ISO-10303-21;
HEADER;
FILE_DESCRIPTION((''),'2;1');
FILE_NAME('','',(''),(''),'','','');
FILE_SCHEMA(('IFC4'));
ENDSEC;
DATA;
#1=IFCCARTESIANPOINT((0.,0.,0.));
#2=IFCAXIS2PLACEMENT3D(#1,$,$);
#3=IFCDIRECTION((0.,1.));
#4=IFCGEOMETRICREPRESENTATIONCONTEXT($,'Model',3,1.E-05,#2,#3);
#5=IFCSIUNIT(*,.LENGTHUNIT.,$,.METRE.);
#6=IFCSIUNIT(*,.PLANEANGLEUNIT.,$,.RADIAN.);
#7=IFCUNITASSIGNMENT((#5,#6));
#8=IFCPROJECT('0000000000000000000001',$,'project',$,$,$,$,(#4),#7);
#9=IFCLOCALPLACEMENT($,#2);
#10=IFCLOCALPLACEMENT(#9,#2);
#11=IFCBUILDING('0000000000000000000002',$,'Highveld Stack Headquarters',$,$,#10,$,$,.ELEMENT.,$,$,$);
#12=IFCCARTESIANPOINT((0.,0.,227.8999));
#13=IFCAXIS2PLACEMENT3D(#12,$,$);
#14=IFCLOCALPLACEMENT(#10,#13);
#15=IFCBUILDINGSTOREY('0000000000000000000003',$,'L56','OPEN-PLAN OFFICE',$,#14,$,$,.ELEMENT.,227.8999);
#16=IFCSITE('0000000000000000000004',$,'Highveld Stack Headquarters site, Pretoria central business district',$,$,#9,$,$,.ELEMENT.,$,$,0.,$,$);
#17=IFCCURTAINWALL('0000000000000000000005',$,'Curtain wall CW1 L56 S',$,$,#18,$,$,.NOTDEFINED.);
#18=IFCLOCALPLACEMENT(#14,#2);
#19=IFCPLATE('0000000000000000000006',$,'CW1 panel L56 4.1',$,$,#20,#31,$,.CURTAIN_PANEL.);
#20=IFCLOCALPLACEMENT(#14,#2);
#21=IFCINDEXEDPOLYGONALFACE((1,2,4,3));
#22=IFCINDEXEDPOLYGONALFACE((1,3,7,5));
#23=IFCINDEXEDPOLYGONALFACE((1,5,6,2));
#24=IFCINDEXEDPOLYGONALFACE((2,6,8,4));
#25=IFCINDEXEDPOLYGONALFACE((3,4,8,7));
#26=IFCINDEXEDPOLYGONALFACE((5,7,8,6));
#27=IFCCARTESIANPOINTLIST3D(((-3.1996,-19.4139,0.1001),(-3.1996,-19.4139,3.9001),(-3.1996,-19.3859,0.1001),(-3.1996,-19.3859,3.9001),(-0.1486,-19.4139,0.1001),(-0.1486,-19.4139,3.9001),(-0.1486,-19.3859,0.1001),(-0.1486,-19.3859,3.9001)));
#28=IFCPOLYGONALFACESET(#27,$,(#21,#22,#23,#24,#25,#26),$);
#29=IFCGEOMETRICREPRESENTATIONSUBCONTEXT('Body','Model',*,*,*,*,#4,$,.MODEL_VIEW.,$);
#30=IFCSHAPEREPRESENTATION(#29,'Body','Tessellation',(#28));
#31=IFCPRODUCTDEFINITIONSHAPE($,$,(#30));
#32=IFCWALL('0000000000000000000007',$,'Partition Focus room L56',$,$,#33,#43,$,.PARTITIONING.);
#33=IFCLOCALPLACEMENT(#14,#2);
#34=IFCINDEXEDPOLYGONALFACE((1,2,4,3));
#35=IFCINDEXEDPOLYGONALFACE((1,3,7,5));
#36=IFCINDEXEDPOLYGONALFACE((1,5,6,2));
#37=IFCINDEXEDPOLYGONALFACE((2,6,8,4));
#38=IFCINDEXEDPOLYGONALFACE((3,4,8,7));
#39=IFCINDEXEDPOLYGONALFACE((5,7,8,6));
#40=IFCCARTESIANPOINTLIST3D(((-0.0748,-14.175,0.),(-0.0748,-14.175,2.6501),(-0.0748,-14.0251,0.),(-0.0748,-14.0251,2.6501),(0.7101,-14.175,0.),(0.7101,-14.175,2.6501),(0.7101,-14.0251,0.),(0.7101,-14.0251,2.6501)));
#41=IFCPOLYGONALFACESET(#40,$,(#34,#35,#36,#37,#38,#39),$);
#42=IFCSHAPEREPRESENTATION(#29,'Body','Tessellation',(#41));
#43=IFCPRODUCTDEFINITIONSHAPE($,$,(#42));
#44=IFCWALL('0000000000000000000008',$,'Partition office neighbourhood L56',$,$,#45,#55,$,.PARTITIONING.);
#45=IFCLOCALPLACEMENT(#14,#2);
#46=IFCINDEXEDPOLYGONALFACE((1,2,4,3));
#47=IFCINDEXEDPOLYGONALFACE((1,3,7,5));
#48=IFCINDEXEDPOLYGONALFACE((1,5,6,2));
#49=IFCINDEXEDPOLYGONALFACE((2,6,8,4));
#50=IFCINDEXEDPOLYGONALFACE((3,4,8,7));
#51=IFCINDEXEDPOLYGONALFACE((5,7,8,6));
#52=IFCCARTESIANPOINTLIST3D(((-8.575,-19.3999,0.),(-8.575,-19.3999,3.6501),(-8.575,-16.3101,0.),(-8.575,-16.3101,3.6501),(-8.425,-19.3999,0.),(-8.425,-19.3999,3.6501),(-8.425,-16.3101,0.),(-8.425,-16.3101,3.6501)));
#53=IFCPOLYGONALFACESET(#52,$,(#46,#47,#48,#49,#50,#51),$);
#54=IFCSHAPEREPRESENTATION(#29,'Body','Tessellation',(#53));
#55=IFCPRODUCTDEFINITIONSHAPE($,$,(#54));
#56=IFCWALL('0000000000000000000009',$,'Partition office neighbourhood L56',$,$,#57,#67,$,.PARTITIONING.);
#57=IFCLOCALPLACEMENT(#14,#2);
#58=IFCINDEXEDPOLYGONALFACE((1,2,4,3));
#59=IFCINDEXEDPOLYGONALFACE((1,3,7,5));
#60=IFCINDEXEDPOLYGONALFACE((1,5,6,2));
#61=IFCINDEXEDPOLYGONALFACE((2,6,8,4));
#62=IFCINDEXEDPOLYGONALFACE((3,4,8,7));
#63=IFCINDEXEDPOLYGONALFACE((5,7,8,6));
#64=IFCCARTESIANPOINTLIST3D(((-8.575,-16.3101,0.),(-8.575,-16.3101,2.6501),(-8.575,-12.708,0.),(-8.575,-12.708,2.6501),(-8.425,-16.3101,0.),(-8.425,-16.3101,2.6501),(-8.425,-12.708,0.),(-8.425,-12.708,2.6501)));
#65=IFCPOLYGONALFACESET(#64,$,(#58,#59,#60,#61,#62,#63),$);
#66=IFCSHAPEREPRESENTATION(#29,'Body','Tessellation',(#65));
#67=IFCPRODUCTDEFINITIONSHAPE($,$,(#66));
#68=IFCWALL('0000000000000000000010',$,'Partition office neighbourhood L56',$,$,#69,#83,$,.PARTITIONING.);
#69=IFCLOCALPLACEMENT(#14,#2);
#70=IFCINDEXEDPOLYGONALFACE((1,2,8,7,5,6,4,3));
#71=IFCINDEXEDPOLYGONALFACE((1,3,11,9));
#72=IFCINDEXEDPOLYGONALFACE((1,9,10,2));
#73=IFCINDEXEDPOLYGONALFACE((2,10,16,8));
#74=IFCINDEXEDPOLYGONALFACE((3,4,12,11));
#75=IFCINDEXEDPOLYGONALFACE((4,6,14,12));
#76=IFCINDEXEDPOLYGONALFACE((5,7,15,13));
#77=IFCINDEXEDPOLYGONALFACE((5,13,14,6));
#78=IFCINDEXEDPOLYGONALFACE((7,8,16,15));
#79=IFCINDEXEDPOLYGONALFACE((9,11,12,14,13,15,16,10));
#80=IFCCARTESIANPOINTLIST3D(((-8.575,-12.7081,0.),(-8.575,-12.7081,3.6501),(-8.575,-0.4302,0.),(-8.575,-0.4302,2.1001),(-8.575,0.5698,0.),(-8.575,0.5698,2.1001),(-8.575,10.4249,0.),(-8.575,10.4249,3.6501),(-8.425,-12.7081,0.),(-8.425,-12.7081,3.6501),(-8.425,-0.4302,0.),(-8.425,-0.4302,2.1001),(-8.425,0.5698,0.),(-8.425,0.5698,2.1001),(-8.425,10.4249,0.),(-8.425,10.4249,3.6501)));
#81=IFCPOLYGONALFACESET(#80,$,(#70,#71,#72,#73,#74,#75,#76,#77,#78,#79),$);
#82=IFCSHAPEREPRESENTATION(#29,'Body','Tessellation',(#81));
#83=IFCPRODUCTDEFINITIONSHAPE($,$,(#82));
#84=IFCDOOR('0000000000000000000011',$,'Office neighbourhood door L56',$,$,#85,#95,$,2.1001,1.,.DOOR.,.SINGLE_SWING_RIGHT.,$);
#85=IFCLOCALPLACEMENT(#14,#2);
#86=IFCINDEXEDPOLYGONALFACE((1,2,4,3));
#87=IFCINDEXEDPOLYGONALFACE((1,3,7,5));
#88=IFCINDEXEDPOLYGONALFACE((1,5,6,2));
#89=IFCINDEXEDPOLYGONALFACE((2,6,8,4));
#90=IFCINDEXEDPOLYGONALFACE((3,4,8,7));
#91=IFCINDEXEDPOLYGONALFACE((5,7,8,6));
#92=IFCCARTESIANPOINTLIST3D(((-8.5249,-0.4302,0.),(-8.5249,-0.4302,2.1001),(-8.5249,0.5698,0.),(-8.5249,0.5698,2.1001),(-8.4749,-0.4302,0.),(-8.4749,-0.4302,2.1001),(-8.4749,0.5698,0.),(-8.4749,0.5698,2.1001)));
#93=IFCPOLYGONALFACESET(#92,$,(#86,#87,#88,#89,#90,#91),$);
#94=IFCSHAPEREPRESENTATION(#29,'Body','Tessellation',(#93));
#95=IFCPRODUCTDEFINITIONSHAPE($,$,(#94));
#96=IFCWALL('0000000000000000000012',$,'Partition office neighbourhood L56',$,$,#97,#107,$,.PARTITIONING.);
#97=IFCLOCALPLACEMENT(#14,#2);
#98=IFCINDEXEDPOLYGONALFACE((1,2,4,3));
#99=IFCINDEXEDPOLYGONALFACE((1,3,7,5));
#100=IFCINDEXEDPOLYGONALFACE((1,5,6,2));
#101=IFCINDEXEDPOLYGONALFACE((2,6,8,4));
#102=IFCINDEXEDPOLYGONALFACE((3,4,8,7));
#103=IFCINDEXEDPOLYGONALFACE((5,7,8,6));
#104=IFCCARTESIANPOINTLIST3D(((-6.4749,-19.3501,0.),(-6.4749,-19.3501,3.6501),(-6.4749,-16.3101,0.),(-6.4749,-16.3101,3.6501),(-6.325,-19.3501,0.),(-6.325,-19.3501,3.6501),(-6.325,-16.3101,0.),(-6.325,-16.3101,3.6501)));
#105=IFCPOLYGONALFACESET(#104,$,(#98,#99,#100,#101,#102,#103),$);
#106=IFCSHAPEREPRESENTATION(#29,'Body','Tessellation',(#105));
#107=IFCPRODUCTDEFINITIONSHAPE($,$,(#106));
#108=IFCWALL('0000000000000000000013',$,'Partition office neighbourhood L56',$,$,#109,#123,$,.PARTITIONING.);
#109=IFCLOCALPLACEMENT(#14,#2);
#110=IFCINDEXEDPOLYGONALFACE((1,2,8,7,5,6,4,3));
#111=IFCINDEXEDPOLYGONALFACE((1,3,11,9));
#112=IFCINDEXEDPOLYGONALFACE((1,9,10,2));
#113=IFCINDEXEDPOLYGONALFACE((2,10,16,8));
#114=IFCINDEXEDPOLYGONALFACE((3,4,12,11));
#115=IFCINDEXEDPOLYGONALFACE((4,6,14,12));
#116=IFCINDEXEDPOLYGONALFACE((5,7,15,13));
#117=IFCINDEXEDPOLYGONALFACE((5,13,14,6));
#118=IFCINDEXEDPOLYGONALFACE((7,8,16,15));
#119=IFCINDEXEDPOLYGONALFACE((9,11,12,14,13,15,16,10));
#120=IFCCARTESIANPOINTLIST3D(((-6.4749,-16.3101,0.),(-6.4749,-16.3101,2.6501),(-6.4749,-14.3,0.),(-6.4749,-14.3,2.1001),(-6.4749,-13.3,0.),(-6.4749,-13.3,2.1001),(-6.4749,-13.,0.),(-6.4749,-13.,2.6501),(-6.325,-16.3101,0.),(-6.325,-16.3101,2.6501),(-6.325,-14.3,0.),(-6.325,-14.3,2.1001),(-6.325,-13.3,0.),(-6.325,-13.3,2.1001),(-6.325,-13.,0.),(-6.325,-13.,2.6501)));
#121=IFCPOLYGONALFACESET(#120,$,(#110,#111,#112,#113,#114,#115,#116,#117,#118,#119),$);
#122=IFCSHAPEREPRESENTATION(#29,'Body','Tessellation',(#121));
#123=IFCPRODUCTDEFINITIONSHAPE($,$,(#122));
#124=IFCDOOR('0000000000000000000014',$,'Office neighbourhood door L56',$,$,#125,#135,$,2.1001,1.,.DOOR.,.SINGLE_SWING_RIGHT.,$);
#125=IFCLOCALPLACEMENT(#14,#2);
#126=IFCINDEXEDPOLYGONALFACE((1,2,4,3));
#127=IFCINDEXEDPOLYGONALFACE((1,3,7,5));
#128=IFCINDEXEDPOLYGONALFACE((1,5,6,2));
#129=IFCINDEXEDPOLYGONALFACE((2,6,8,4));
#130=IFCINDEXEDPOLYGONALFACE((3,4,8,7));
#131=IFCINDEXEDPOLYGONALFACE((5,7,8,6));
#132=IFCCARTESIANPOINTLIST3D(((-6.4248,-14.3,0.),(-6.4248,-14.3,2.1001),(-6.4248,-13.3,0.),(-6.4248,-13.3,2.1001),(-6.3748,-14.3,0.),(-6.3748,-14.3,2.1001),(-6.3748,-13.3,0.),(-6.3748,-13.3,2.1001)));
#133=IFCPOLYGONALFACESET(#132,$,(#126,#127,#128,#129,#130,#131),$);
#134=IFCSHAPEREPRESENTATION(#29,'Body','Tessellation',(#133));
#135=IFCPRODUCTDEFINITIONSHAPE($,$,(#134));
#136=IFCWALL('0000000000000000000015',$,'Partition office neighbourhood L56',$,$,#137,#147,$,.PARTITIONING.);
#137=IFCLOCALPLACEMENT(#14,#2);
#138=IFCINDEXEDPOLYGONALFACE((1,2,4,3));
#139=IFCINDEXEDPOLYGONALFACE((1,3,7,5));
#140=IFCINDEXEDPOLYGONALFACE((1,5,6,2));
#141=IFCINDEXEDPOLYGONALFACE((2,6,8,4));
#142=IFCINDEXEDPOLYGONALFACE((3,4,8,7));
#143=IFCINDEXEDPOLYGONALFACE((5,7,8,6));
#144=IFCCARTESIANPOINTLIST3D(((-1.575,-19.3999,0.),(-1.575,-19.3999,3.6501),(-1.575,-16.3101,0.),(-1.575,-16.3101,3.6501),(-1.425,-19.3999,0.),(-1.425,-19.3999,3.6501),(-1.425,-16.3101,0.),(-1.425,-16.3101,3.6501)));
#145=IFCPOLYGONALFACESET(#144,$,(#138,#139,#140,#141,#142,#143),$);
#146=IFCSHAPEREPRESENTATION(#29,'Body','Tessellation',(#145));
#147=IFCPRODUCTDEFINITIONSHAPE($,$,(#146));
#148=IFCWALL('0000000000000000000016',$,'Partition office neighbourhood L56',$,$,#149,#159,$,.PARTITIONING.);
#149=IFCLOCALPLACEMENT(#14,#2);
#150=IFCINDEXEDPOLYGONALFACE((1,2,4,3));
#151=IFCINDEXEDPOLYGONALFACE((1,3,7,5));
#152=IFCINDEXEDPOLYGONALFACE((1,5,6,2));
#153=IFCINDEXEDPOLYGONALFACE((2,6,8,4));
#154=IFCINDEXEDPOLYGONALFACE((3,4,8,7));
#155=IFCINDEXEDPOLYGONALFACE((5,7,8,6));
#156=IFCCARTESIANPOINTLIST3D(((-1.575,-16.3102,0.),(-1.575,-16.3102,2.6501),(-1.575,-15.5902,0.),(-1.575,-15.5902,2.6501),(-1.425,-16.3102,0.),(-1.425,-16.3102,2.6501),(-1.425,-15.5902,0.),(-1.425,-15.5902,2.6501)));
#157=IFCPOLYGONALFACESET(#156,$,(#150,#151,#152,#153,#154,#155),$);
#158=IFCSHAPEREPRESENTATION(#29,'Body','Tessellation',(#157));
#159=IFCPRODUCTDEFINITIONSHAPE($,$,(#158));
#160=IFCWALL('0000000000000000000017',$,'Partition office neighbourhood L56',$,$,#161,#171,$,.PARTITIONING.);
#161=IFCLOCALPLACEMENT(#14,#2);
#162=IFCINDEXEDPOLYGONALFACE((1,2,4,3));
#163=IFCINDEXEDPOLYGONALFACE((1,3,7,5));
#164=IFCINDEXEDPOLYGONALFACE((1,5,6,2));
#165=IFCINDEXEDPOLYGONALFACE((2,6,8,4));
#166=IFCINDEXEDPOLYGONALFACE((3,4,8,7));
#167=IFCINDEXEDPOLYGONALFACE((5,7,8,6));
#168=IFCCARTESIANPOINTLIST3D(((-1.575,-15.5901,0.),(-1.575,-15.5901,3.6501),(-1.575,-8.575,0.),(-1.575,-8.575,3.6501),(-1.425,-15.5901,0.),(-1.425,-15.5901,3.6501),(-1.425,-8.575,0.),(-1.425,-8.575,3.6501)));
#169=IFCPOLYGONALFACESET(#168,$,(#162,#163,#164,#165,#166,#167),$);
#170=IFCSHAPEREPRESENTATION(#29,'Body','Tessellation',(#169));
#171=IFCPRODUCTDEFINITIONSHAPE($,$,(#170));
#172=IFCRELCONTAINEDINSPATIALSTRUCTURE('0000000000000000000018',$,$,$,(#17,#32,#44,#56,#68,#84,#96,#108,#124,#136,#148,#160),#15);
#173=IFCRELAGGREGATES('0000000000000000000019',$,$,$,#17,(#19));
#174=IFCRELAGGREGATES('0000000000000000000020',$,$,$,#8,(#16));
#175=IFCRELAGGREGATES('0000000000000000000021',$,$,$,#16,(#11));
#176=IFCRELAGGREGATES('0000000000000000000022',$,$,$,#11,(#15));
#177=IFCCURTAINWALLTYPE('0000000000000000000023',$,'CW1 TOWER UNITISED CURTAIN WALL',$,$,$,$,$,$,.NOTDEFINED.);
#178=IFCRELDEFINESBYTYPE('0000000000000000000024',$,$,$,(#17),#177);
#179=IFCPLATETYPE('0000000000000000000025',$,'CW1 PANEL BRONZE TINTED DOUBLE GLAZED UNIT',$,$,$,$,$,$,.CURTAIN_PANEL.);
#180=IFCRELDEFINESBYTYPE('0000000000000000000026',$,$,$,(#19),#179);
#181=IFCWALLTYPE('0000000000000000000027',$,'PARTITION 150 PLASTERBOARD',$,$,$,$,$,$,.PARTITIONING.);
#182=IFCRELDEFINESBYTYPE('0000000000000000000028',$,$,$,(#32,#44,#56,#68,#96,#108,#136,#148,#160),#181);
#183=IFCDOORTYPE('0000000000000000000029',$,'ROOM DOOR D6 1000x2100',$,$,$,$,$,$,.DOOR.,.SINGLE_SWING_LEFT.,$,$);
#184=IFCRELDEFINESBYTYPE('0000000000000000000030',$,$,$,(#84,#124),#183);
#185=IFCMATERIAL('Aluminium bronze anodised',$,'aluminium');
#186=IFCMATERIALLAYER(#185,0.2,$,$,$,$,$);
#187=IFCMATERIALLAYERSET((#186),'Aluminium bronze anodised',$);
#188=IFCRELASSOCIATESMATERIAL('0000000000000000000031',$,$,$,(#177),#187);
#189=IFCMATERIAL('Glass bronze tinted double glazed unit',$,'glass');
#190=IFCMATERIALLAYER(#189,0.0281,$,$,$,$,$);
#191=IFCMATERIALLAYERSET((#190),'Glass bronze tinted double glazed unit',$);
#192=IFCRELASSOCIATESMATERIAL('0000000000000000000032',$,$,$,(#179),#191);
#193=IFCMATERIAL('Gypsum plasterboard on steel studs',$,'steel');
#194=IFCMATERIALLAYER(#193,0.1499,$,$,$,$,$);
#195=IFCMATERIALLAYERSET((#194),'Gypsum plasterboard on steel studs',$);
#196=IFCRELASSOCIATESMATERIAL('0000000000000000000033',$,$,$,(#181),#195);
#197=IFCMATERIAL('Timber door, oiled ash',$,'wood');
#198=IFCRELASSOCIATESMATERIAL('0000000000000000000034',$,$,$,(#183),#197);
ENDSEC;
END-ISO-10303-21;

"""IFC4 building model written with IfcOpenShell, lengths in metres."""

from ifc_helpers import new_model, si_unit, direction, frame, frame_2d, origin, origin_2d, place, context, subcontext, project, spatial, rectangle, extrude, material, layer, layer_set, type_object, element, fill, aggregate, save


model = new_model("IFC4")

# Units and contexts
model_context = context("Model", 3, precision=1e-05, world=origin(), true_north=direction((0.0, 1.0)))
body_context = subcontext(model_context, "Body", "Model", "MODEL_VIEW")
ifc_project = project(units=[si_unit("LENGTHUNIT", "METRE"), si_unit("PLANEANGLEUNIT", "RADIAN")], contexts=[model_context])

# Site, building, storey
site_placement = place(None, origin())
site = spatial("IfcSite", under=ifc_project, at=site_placement, Name="Highveld Stack Headquarters site, Pretoria central business district", CompositionType="ELEMENT", RefElevation=0.0)
building_placement = place(site_placement, origin())
building = spatial("IfcBuilding", under=site, at=building_placement, Name="Highveld Stack Headquarters", CompositionType="ELEMENT")
storey_placement = place(building_placement, frame((0.0, 0.0, 227.8999)))
storey = spatial("IfcBuildingStorey", under=building, at=storey_placement, Name="L56", Description="OPEN-PLAN OFFICE", CompositionType="ELEMENT", Elevation=227.8999)

# Curtain wall, plate
ifc_material_1 = material(Name="Aluminium bronze anodised", Category="aluminium")
ifc_layer_1 = layer(ifc_material_1, 0.2)
ifc_layer_set_1 = layer_set([ifc_layer_1], Name="Aluminium bronze anodised")
curtain_wall_type = type_object("IfcCurtainWallType", Name="CW1 TOWER UNITISED CURTAIN WALL", PredefinedType="NOTDEFINED", material=ifc_layer_set_1)
curtain_wall_placement = place(storey_placement, origin())
curtain_wall = element("IfcCurtainWall", 1, at=curtain_wall_placement, inside=storey, type_object=curtain_wall_type, Name="Curtain wall CW1 L56 S", PredefinedType="NOTDEFINED")
ifc_material_2 = material(Name="Glass bronze tinted double glazed unit", Category="glass")
ifc_layer_2 = layer(ifc_material_2, 0.0281)
ifc_layer_set_2 = layer_set([ifc_layer_2], Name="Glass bronze tinted double glazed unit")
plate_type = type_object("IfcPlateType", Name="CW1 PANEL BRONZE TINTED DOUBLE GLAZED UNIT", PredefinedType="CURTAIN_PANEL", material=ifc_layer_set_2)
plate_1_placement = place(storey_placement, frame((-1.6741, -19.3999, 0.1001), z_axis=(0.0, 0.0, 1.0), x_axis=(1.0, 0.0, 0.0)))
plate_1 = element("IfcPlate", 2, at=plate_1_placement, type_object=plate_type, Name="CW1 panel L56 4.1", PredefinedType="CURTAIN_PANEL", context=body_context, shape_type="SweptSolid", body=[
    extrude(rectangle(XDim=3.051, YDim=0.0281, at=origin_2d()), origin(), (0.0, 0.0, 1.0), 3.8),
])
aggregate(curtain_wall, [plate_1])

# Walls
ifc_material_3 = material(Name="Gypsum plasterboard on steel studs", Category="steel")
ifc_layer_3 = layer(ifc_material_3, 0.1499)
ifc_layer_set_3 = layer_set([ifc_layer_3], Name="Gypsum plasterboard on steel studs")
wall_type = type_object("IfcWallType", Name="PARTITION 150 PLASTERBOARD", PredefinedType="PARTITIONING", material=ifc_layer_set_3)
wall_1_placement = place(storey_placement, frame((-0.075, -14.1001, 0.0), z_axis=(0.0, 0.0, 1.0), x_axis=(1.0, 0.0, 0.0)))
element("IfcWall", 3, at=wall_1_placement, inside=storey, type_object=wall_type, Name="Partition Focus room L56", PredefinedType="PARTITIONING", context=body_context, shape_type="SweptSolid", body=[
    extrude(rectangle(XDim=0.7849, YDim=0.1499, at=frame_2d((0.3926, 0.0))), origin(), (0.0, 0.0, 1.0), 2.6501),
])
wall_2_placement = place(storey_placement, frame((-8.5, -19.3999, 0.0), z_axis=(0.0, 0.0, 1.0), x_axis=(0.0, 1.0, 0.0)))
element("IfcWall", 4, at=wall_2_placement, inside=storey, type_object=wall_type, Name="Partition office neighbourhood L56", PredefinedType="PARTITIONING", context=body_context, shape_type="SweptSolid", body=[
    extrude(rectangle(XDim=3.0898, YDim=0.1499, at=frame_2d((1.5449, 0.0))), origin(), (0.0, 0.0, 1.0), 3.6501),
])
wall_3_placement = place(storey_placement, frame((-8.5, -16.3101, 0.0), z_axis=(0.0, 0.0, 1.0), x_axis=(0.0, 1.0, 0.0)))
element("IfcWall", 5, at=wall_3_placement, inside=storey, type_object=wall_type, Name="Partition office neighbourhood L56", PredefinedType="PARTITIONING", context=body_context, shape_type="SweptSolid", body=[
    extrude(rectangle(XDim=3.6021, YDim=0.1499, at=frame_2d((1.801, 0.0))), origin(), (0.0, 0.0, 1.0), 2.6501),
])

# Wall, opening, door
wall_4_placement = place(storey_placement, frame((-8.5, -12.708, 0.0), z_axis=(0.0, 0.0, 1.0), x_axis=(0.0, 1.0, 0.0)))
wall_4 = element("IfcWall", 6, at=wall_4_placement, inside=storey, type_object=wall_type, Name="Partition office neighbourhood L56", PredefinedType="PARTITIONING", context=body_context, shape_type="SweptSolid", body=[
    extrude(rectangle(XDim=23.1331, YDim=0.1499, at=frame_2d((11.5664, 0.0))), origin(), (0.0, 0.0, 1.0), 3.6501),
])
opening_1_placement = place(wall_4_placement, frame((12.2778, 0.0, 0.0)))
opening_1 = element("IfcOpeningElement", 7, at=opening_1_placement, cuts=wall_4, PredefinedType="OPENING", context=body_context, shape_type="SweptSolid", body=[
    extrude(rectangle(XDim=1.0, YDim=2.1001, at=frame_2d((0.5, 1.05))), frame((0.0, 0.085, 0.0), z_axis=(0.0, -1.0, 0.0), x_axis=(1.0, 0.0, 0.0)), (0.0, 0.0, 1.0), 0.1699),
])
ifc_material_4 = material(Name="Timber door, oiled ash", Category="wood")
door_type = type_object("IfcDoorType", Name="ROOM DOOR D6 1000x2100", OperationType="SINGLE_SWING_LEFT", PredefinedType="DOOR", material=ifc_material_4)
door_1_placement = place(opening_1_placement, origin())
door_1 = element("IfcDoor", 8, at=door_1_placement, inside=storey, type_object=door_type, Name="Office neighbourhood door L56", OperationType="SINGLE_SWING_RIGHT", OverallHeight=2.1001, OverallWidth=1.0, PredefinedType="DOOR", context=body_context, shape_type="SweptSolid", body=[
    extrude(rectangle(XDim=1.0, YDim=2.1001, at=frame_2d((0.5, 1.05))), frame((0.0, 0.0249, 0.0), z_axis=(0.0, -1.0, 0.0), x_axis=(1.0, 0.0, 0.0)), (0.0, 0.0, 1.0), 0.05),
])
fill(opening_1, door_1)

# Wall
wall_5_placement = place(storey_placement, frame((-6.3999, -19.3501, 0.0), z_axis=(0.0, 0.0, 1.0), x_axis=(0.0, 1.0, 0.0)))
element("IfcWall", 9, at=wall_5_placement, inside=storey, type_object=wall_type, Name="Partition office neighbourhood L56", PredefinedType="PARTITIONING", context=body_context, shape_type="SweptSolid", body=[
    extrude(rectangle(XDim=3.04, YDim=0.1499, at=frame_2d((1.52, 0.0))), origin(), (0.0, 0.0, 1.0), 3.6501),
])

# Wall, opening, door
wall_6_placement = place(storey_placement, frame((-6.3999, -16.3101, 0.0), z_axis=(0.0, 0.0, 1.0), x_axis=(0.0, 1.0, 0.0)))
wall_6 = element("IfcWall", 10, at=wall_6_placement, inside=storey, type_object=wall_type, Name="Partition office neighbourhood L56", PredefinedType="PARTITIONING", context=body_context, shape_type="SweptSolid", body=[
    extrude(rectangle(XDim=3.3101, YDim=0.1499, at=frame_2d((1.655, 0.0))), origin(), (0.0, 0.0, 1.0), 2.6501),
])
opening_2_placement = place(wall_6_placement, frame((2.01, 0.0, 0.0)))
opening_2 = element("IfcOpeningElement", 11, at=opening_2_placement, cuts=wall_6, PredefinedType="OPENING", context=body_context, shape_type="SweptSolid", body=[
    extrude(rectangle(XDim=1.0, YDim=2.1001, at=frame_2d((0.5, 1.05))), frame((0.0, 0.085, 0.0), z_axis=(0.0, -1.0, 0.0), x_axis=(1.0, 0.0, 0.0)), (0.0, 0.0, 1.0), 0.1699),
])
door_2_placement = place(opening_2_placement, origin())
door_2 = element("IfcDoor", 12, at=door_2_placement, inside=storey, type_object=door_type, Name="Office neighbourhood door L56", OperationType="SINGLE_SWING_RIGHT", OverallHeight=2.1001, OverallWidth=1.0, PredefinedType="DOOR", context=body_context, shape_type="SweptSolid", body=[
    extrude(rectangle(XDim=1.0, YDim=2.1001, at=frame_2d((0.5, 1.05))), frame((0.0, 0.0249, 0.0), z_axis=(0.0, -1.0, 0.0), x_axis=(1.0, 0.0, 0.0)), (0.0, 0.0, 1.0), 0.05),
])
fill(opening_2, door_2)

# Walls
wall_7_placement = place(storey_placement, frame((-1.5, -19.3999, 0.0), z_axis=(0.0, 0.0, 1.0), x_axis=(0.0, 1.0, 0.0)))
element("IfcWall", 13, at=wall_7_placement, inside=storey, type_object=wall_type, Name="Partition office neighbourhood L56", PredefinedType="PARTITIONING", context=body_context, shape_type="SweptSolid", body=[
    extrude(rectangle(XDim=3.0898, YDim=0.1499, at=frame_2d((1.5449, 0.0))), origin(), (0.0, 0.0, 1.0), 3.6501),
])
wall_8_placement = place(storey_placement, frame((-1.5, -16.3101, 0.0), z_axis=(0.0, 0.0, 1.0), x_axis=(0.0, 1.0, 0.0)))
element("IfcWall", 14, at=wall_8_placement, inside=storey, type_object=wall_type, Name="Partition office neighbourhood L56", PredefinedType="PARTITIONING", context=body_context, shape_type="SweptSolid", body=[
    extrude(rectangle(XDim=0.72, YDim=0.1499, at=frame_2d((0.3599, 0.0))), origin(), (0.0, 0.0, 1.0), 2.6501),
])
wall_9_placement = place(storey_placement, frame((-1.5, -15.5901, 0.0), z_axis=(0.0, 0.0, 1.0), x_axis=(0.0, 1.0, 0.0)))
element("IfcWall", 15, at=wall_9_placement, inside=storey, type_object=wall_type, Name="Partition office neighbourhood L56", PredefinedType="PARTITIONING", context=body_context, shape_type="SweptSolid", body=[
    extrude(rectangle(XDim=7.0151, YDim=0.1499, at=frame_2d((3.5076, 0.0))), origin(), (0.0, 0.0, 1.0), 3.6501),
])

save(model, "model.ifc")
